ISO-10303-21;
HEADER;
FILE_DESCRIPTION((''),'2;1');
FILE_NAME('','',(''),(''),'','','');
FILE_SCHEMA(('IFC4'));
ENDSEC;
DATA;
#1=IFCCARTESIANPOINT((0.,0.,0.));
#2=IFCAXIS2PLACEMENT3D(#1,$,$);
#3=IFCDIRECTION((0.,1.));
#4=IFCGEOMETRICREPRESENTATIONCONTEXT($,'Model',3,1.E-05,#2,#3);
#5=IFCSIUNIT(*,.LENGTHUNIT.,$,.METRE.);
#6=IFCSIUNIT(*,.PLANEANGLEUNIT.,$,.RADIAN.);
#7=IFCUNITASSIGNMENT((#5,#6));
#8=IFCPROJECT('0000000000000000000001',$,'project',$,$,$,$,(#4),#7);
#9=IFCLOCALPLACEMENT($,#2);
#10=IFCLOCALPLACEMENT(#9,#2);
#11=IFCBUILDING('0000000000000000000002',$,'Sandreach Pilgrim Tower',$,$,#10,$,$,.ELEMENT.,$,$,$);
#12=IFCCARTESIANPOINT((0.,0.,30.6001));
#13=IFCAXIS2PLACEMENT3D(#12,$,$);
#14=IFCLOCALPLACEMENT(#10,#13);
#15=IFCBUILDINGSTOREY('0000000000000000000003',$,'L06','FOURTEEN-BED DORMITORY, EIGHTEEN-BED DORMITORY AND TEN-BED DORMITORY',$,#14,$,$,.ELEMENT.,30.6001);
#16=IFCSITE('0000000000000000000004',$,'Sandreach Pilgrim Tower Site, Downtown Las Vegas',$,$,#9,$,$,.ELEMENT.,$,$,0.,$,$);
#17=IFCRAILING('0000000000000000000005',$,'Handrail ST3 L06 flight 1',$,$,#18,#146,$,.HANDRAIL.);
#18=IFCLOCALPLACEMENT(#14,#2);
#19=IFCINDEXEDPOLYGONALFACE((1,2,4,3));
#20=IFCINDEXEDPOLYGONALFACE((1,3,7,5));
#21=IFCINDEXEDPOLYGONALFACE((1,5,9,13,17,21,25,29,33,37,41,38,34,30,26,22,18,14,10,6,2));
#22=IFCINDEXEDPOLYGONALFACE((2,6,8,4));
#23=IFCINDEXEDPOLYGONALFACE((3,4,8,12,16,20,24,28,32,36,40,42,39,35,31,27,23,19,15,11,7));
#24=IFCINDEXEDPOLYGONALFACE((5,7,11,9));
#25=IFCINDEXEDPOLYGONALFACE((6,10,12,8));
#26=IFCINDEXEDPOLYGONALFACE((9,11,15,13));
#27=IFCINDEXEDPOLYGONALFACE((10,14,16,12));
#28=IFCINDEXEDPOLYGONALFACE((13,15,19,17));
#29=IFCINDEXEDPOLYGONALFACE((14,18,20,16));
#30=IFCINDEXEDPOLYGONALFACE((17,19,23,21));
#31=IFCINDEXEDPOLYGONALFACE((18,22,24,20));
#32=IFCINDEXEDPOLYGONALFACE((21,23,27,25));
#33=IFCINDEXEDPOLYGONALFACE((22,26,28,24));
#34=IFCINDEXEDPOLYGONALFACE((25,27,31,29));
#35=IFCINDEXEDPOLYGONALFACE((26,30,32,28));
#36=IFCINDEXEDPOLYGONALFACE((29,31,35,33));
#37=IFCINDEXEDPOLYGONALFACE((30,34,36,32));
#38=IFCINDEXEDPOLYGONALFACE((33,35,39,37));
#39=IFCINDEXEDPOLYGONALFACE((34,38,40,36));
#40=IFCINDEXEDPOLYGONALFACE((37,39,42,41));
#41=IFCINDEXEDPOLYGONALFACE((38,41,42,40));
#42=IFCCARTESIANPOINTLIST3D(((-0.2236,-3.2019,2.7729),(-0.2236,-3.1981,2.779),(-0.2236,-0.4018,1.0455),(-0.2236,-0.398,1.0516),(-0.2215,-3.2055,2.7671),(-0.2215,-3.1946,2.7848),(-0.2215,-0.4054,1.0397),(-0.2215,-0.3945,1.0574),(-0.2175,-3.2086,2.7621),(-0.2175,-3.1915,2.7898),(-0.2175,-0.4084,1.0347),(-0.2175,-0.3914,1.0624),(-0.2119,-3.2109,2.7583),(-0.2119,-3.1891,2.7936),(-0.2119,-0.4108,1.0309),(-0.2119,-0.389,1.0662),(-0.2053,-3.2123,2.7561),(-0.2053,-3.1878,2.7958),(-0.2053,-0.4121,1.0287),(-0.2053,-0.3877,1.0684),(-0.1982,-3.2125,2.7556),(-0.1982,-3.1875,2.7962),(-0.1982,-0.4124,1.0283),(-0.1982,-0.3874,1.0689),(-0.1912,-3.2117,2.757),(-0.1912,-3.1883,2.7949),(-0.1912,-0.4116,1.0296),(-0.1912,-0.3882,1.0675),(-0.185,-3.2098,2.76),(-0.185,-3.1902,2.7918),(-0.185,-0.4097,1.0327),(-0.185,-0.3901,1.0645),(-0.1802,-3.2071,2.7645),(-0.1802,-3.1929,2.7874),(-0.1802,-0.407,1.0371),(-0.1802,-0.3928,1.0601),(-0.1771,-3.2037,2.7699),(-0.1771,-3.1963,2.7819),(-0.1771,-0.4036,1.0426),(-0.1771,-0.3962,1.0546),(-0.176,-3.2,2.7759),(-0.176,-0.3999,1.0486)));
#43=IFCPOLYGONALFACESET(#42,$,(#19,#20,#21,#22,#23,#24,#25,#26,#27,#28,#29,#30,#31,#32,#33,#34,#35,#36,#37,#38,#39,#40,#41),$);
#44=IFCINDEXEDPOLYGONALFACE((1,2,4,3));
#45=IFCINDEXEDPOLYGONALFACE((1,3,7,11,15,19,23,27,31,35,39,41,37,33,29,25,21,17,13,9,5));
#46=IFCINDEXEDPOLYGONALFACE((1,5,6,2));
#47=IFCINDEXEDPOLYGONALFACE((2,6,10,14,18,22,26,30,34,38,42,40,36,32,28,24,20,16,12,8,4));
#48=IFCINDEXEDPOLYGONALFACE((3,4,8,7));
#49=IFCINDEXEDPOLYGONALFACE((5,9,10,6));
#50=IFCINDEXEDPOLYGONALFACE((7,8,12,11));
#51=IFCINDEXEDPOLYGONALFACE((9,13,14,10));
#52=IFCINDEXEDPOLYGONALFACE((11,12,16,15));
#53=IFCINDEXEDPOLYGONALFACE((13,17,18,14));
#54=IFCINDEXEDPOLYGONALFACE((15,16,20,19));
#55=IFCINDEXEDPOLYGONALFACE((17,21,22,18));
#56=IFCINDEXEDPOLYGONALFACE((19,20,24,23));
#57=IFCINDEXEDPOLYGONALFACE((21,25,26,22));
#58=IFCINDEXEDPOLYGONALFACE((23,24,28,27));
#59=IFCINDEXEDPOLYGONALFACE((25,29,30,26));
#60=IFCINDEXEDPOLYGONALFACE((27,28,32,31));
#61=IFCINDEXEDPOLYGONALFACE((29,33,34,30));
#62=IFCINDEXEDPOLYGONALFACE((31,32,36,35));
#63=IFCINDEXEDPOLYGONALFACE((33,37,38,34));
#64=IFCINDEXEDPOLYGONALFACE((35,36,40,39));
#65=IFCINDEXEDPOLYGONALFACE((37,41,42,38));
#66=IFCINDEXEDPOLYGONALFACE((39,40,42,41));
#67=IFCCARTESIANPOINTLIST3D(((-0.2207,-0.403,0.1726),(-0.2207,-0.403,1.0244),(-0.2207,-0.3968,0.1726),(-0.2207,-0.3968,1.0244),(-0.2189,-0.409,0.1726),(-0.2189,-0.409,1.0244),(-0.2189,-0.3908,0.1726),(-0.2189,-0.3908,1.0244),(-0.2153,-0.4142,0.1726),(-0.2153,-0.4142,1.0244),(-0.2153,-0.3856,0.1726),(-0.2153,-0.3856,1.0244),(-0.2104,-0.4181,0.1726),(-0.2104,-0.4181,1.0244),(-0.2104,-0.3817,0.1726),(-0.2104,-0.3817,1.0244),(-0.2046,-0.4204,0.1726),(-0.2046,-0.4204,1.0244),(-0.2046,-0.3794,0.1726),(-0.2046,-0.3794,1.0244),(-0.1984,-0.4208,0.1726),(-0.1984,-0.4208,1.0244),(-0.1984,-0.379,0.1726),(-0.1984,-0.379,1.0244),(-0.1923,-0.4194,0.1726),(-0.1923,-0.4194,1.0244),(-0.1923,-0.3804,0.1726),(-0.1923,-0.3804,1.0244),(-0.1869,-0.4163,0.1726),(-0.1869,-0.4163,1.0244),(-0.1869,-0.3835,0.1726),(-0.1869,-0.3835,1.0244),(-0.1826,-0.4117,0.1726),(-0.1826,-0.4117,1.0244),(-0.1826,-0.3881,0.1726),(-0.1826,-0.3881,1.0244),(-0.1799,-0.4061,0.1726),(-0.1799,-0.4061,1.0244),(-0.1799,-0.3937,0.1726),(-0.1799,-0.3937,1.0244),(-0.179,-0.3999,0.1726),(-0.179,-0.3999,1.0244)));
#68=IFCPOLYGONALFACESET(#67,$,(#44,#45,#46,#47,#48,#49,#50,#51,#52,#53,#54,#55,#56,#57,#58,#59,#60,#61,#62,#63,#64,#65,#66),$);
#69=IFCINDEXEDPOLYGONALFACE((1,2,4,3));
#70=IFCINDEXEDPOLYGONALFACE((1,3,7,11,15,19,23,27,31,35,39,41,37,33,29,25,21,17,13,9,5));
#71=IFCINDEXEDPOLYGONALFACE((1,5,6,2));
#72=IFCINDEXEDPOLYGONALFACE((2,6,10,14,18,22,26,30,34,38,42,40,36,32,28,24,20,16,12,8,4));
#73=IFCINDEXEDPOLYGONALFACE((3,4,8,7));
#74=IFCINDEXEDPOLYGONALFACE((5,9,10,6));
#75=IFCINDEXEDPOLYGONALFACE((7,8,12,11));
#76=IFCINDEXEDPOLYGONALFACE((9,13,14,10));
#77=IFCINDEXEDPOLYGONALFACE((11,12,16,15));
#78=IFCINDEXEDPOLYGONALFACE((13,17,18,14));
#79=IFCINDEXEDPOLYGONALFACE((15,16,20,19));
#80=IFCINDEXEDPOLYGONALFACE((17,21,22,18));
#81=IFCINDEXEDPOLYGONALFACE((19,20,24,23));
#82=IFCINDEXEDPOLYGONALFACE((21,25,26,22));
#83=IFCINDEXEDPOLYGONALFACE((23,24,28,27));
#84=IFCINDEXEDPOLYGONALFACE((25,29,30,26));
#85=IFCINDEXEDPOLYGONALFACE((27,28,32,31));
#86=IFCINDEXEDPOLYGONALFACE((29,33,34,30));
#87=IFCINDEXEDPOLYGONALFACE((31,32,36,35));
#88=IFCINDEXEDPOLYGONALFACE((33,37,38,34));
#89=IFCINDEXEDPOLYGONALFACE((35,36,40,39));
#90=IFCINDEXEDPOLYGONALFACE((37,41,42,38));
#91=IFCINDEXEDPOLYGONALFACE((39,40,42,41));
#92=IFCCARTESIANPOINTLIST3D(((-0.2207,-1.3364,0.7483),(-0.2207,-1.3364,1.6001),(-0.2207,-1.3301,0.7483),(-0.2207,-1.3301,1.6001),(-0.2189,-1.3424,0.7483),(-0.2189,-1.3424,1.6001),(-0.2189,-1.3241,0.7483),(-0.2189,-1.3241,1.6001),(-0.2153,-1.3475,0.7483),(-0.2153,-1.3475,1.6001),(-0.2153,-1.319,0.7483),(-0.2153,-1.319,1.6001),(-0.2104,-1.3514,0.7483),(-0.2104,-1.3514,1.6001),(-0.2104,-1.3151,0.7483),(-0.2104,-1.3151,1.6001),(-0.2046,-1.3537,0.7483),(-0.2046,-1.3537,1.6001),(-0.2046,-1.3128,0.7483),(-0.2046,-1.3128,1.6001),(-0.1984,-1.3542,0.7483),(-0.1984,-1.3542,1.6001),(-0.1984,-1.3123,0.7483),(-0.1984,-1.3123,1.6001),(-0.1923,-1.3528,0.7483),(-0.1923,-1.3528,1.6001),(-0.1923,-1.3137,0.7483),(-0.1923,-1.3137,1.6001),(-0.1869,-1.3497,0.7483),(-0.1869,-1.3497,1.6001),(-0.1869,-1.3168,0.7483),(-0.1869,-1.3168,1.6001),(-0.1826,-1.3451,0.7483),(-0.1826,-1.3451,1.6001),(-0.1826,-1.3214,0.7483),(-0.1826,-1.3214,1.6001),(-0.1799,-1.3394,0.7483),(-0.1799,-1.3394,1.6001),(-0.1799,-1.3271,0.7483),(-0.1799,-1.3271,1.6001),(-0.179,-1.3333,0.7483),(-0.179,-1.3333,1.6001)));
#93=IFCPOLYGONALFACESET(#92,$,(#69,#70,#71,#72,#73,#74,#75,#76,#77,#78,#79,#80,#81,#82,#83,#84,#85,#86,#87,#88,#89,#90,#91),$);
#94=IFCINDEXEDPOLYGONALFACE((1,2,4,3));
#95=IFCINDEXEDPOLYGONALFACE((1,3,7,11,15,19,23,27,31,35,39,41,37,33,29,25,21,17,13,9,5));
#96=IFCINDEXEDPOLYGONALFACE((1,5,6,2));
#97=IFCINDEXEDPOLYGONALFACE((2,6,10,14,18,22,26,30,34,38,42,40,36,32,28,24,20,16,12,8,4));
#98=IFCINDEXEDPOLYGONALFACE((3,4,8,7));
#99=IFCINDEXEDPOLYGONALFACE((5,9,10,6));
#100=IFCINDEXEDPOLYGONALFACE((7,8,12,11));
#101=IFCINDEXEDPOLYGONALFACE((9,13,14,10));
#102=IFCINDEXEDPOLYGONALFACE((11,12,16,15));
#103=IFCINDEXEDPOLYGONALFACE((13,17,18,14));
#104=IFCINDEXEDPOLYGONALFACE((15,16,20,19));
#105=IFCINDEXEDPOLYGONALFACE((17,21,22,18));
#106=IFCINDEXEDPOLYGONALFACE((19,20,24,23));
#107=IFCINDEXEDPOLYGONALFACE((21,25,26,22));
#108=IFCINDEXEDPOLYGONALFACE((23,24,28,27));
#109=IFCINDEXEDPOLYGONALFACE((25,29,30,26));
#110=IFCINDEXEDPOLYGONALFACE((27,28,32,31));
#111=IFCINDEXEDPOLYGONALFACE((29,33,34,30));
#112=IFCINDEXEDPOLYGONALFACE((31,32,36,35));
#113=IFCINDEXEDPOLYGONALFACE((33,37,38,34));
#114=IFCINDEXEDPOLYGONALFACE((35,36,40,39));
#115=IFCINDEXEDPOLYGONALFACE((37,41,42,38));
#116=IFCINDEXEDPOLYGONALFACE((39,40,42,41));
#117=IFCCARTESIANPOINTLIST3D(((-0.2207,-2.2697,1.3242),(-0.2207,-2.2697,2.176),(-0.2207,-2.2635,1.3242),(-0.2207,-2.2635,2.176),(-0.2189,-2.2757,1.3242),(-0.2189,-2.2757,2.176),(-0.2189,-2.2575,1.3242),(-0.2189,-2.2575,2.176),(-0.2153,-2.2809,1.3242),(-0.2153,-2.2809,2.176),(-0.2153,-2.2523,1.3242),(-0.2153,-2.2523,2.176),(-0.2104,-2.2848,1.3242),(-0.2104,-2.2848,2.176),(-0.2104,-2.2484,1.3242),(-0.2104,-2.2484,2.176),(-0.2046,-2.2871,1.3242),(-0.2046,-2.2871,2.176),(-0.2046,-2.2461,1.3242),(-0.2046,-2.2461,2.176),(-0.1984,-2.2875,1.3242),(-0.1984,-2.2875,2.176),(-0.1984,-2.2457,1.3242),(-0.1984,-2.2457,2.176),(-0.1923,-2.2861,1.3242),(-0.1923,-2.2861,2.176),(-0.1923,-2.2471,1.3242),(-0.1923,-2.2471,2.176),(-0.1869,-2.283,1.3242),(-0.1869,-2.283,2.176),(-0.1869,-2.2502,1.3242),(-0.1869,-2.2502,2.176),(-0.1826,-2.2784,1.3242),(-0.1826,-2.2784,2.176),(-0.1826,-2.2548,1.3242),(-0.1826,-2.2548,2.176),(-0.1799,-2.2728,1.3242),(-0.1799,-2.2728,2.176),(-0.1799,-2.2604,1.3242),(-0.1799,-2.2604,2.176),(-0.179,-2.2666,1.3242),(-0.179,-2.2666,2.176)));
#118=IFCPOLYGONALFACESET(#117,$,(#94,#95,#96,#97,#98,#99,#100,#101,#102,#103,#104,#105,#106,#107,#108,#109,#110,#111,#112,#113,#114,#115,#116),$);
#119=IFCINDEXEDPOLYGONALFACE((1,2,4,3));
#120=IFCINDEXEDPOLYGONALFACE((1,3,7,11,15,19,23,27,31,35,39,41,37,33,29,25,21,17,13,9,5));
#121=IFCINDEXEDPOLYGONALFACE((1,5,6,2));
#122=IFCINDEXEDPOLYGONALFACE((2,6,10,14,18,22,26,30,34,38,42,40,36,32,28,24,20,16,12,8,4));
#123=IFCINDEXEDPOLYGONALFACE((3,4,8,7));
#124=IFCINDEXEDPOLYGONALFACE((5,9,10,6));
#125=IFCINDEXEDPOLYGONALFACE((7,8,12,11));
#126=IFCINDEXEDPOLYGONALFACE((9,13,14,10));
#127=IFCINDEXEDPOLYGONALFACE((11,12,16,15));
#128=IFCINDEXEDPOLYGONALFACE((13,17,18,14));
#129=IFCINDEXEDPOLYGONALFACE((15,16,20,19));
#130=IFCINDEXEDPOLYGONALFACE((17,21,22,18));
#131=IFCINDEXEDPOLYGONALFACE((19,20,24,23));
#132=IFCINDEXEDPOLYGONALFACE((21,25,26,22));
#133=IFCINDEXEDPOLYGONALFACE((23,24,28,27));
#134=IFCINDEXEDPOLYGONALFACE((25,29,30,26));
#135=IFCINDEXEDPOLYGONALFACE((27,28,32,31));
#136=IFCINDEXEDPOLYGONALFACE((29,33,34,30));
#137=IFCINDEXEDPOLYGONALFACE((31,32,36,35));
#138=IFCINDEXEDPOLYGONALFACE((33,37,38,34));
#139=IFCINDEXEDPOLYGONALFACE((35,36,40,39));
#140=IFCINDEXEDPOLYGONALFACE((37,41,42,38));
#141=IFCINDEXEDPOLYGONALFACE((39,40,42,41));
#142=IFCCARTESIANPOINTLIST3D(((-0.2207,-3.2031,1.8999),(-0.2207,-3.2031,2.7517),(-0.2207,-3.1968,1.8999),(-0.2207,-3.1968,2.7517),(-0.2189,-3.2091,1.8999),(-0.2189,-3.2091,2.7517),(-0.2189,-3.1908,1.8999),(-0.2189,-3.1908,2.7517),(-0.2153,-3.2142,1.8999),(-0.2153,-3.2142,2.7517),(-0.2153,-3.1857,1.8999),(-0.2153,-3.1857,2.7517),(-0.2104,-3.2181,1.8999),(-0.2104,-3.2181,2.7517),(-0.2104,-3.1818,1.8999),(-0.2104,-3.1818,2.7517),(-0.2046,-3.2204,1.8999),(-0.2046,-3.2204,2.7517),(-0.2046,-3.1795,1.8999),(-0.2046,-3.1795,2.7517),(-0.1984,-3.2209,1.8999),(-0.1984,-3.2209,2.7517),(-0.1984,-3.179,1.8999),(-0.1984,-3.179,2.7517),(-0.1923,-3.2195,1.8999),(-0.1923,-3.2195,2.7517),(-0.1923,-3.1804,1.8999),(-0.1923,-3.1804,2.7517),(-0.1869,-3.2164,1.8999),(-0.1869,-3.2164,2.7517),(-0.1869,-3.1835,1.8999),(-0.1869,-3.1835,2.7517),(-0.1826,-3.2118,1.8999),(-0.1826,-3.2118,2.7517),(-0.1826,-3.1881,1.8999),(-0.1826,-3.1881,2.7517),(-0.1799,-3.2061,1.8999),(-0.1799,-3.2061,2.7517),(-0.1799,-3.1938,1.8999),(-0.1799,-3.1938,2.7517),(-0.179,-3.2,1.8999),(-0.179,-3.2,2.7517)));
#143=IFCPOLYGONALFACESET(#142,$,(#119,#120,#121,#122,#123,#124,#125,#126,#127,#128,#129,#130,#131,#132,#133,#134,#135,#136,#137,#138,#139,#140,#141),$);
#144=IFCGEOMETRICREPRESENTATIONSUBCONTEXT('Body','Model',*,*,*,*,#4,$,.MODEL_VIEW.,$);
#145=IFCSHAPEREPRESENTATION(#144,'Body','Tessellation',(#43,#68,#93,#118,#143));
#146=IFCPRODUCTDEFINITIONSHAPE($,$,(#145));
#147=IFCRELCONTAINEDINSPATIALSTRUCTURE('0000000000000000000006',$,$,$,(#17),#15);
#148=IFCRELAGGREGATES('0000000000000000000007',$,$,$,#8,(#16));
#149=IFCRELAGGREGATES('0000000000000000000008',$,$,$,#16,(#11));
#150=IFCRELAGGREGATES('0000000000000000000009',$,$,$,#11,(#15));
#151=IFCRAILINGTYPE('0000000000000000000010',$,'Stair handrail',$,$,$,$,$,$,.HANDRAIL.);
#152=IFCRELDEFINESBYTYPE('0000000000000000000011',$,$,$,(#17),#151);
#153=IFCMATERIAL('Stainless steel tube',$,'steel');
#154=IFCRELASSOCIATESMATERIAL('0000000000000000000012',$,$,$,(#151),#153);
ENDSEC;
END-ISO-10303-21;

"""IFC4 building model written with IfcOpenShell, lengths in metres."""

from ifc_helpers import new_model, si_unit, direction, frame, origin, origin_2d, place, context, subcontext, project, spatial, circle, extrude, material, type_object, element, save


model = new_model("IFC4")

# Units and contexts
model_context = context("Model", 3, precision=1e-05, world=origin(), true_north=direction((0.0, 1.0)))
body_context = subcontext(model_context, "Body", "Model", "MODEL_VIEW")
ifc_project = project(units=[si_unit("LENGTHUNIT", "METRE"), si_unit("PLANEANGLEUNIT", "RADIAN")], contexts=[model_context])

# Site, building, storey
site_placement = place(None, origin())
site = spatial("IfcSite", under=ifc_project, at=site_placement, Name="Sandreach Pilgrim Tower Site, Downtown Las Vegas", CompositionType="ELEMENT", RefElevation=0.0)
building_placement = place(site_placement, origin())
building = spatial("IfcBuilding", under=site, at=building_placement, Name="Sandreach Pilgrim Tower", CompositionType="ELEMENT")
storey_placement = place(building_placement, frame((0.0, 0.0, 30.6001)))
storey = spatial("IfcBuildingStorey", under=building, at=storey_placement, Name="L06", Description="FOURTEEN-BED DORMITORY, EIGHTEEN-BED DORMITORY AND TEN-BED DORMITORY", CompositionType="ELEMENT", Elevation=30.6001)

# Railing
ifc_material_1 = material(Name="Stainless steel tube", Category="steel")
railing_type = type_object("IfcRailingType", Name="Stair handrail", PredefinedType="HANDRAIL", material=ifc_material_1)
for number, where, name in (
    (1, (-0.2, -0.3999, 0.1726), "Handrail ST3 L06 flight 1"),
):
    element("IfcRailing", number, at=place(storey_placement, frame(where)), inside=storey, type_object=railing_type, Name=name, PredefinedType="HANDRAIL", context=body_context, shape_type="SweptSolid", body=[
        extrude(circle(Radius=0.0239, at=origin_2d()), frame((0.0, 0.0, 0.876), z_axis=(0.0, -0.85109, 0.52502), x_axis=(1.0, 0.0, 0.0)), (0.0, 0.0, 1.0), 3.29),
        extrude(circle(Radius=0.021, at=origin_2d()), origin(), (0.0, 0.0, 1.0), 0.8518),
        extrude(circle(Radius=0.021, at=origin_2d()), frame((0.0, -0.9333, 0.5757)), (0.0, 0.0, 1.0), 0.8518),
        extrude(circle(Radius=0.021, at=origin_2d()), frame((0.0, -1.8667, 1.1516)), (0.0, 0.0, 1.0), 0.8518),
        extrude(circle(Radius=0.021, at=origin_2d()), frame((0.0, -2.8, 1.7273)), (0.0, 0.0, 1.0), 0.8518),
    ])

save(model, "model.ifc")
